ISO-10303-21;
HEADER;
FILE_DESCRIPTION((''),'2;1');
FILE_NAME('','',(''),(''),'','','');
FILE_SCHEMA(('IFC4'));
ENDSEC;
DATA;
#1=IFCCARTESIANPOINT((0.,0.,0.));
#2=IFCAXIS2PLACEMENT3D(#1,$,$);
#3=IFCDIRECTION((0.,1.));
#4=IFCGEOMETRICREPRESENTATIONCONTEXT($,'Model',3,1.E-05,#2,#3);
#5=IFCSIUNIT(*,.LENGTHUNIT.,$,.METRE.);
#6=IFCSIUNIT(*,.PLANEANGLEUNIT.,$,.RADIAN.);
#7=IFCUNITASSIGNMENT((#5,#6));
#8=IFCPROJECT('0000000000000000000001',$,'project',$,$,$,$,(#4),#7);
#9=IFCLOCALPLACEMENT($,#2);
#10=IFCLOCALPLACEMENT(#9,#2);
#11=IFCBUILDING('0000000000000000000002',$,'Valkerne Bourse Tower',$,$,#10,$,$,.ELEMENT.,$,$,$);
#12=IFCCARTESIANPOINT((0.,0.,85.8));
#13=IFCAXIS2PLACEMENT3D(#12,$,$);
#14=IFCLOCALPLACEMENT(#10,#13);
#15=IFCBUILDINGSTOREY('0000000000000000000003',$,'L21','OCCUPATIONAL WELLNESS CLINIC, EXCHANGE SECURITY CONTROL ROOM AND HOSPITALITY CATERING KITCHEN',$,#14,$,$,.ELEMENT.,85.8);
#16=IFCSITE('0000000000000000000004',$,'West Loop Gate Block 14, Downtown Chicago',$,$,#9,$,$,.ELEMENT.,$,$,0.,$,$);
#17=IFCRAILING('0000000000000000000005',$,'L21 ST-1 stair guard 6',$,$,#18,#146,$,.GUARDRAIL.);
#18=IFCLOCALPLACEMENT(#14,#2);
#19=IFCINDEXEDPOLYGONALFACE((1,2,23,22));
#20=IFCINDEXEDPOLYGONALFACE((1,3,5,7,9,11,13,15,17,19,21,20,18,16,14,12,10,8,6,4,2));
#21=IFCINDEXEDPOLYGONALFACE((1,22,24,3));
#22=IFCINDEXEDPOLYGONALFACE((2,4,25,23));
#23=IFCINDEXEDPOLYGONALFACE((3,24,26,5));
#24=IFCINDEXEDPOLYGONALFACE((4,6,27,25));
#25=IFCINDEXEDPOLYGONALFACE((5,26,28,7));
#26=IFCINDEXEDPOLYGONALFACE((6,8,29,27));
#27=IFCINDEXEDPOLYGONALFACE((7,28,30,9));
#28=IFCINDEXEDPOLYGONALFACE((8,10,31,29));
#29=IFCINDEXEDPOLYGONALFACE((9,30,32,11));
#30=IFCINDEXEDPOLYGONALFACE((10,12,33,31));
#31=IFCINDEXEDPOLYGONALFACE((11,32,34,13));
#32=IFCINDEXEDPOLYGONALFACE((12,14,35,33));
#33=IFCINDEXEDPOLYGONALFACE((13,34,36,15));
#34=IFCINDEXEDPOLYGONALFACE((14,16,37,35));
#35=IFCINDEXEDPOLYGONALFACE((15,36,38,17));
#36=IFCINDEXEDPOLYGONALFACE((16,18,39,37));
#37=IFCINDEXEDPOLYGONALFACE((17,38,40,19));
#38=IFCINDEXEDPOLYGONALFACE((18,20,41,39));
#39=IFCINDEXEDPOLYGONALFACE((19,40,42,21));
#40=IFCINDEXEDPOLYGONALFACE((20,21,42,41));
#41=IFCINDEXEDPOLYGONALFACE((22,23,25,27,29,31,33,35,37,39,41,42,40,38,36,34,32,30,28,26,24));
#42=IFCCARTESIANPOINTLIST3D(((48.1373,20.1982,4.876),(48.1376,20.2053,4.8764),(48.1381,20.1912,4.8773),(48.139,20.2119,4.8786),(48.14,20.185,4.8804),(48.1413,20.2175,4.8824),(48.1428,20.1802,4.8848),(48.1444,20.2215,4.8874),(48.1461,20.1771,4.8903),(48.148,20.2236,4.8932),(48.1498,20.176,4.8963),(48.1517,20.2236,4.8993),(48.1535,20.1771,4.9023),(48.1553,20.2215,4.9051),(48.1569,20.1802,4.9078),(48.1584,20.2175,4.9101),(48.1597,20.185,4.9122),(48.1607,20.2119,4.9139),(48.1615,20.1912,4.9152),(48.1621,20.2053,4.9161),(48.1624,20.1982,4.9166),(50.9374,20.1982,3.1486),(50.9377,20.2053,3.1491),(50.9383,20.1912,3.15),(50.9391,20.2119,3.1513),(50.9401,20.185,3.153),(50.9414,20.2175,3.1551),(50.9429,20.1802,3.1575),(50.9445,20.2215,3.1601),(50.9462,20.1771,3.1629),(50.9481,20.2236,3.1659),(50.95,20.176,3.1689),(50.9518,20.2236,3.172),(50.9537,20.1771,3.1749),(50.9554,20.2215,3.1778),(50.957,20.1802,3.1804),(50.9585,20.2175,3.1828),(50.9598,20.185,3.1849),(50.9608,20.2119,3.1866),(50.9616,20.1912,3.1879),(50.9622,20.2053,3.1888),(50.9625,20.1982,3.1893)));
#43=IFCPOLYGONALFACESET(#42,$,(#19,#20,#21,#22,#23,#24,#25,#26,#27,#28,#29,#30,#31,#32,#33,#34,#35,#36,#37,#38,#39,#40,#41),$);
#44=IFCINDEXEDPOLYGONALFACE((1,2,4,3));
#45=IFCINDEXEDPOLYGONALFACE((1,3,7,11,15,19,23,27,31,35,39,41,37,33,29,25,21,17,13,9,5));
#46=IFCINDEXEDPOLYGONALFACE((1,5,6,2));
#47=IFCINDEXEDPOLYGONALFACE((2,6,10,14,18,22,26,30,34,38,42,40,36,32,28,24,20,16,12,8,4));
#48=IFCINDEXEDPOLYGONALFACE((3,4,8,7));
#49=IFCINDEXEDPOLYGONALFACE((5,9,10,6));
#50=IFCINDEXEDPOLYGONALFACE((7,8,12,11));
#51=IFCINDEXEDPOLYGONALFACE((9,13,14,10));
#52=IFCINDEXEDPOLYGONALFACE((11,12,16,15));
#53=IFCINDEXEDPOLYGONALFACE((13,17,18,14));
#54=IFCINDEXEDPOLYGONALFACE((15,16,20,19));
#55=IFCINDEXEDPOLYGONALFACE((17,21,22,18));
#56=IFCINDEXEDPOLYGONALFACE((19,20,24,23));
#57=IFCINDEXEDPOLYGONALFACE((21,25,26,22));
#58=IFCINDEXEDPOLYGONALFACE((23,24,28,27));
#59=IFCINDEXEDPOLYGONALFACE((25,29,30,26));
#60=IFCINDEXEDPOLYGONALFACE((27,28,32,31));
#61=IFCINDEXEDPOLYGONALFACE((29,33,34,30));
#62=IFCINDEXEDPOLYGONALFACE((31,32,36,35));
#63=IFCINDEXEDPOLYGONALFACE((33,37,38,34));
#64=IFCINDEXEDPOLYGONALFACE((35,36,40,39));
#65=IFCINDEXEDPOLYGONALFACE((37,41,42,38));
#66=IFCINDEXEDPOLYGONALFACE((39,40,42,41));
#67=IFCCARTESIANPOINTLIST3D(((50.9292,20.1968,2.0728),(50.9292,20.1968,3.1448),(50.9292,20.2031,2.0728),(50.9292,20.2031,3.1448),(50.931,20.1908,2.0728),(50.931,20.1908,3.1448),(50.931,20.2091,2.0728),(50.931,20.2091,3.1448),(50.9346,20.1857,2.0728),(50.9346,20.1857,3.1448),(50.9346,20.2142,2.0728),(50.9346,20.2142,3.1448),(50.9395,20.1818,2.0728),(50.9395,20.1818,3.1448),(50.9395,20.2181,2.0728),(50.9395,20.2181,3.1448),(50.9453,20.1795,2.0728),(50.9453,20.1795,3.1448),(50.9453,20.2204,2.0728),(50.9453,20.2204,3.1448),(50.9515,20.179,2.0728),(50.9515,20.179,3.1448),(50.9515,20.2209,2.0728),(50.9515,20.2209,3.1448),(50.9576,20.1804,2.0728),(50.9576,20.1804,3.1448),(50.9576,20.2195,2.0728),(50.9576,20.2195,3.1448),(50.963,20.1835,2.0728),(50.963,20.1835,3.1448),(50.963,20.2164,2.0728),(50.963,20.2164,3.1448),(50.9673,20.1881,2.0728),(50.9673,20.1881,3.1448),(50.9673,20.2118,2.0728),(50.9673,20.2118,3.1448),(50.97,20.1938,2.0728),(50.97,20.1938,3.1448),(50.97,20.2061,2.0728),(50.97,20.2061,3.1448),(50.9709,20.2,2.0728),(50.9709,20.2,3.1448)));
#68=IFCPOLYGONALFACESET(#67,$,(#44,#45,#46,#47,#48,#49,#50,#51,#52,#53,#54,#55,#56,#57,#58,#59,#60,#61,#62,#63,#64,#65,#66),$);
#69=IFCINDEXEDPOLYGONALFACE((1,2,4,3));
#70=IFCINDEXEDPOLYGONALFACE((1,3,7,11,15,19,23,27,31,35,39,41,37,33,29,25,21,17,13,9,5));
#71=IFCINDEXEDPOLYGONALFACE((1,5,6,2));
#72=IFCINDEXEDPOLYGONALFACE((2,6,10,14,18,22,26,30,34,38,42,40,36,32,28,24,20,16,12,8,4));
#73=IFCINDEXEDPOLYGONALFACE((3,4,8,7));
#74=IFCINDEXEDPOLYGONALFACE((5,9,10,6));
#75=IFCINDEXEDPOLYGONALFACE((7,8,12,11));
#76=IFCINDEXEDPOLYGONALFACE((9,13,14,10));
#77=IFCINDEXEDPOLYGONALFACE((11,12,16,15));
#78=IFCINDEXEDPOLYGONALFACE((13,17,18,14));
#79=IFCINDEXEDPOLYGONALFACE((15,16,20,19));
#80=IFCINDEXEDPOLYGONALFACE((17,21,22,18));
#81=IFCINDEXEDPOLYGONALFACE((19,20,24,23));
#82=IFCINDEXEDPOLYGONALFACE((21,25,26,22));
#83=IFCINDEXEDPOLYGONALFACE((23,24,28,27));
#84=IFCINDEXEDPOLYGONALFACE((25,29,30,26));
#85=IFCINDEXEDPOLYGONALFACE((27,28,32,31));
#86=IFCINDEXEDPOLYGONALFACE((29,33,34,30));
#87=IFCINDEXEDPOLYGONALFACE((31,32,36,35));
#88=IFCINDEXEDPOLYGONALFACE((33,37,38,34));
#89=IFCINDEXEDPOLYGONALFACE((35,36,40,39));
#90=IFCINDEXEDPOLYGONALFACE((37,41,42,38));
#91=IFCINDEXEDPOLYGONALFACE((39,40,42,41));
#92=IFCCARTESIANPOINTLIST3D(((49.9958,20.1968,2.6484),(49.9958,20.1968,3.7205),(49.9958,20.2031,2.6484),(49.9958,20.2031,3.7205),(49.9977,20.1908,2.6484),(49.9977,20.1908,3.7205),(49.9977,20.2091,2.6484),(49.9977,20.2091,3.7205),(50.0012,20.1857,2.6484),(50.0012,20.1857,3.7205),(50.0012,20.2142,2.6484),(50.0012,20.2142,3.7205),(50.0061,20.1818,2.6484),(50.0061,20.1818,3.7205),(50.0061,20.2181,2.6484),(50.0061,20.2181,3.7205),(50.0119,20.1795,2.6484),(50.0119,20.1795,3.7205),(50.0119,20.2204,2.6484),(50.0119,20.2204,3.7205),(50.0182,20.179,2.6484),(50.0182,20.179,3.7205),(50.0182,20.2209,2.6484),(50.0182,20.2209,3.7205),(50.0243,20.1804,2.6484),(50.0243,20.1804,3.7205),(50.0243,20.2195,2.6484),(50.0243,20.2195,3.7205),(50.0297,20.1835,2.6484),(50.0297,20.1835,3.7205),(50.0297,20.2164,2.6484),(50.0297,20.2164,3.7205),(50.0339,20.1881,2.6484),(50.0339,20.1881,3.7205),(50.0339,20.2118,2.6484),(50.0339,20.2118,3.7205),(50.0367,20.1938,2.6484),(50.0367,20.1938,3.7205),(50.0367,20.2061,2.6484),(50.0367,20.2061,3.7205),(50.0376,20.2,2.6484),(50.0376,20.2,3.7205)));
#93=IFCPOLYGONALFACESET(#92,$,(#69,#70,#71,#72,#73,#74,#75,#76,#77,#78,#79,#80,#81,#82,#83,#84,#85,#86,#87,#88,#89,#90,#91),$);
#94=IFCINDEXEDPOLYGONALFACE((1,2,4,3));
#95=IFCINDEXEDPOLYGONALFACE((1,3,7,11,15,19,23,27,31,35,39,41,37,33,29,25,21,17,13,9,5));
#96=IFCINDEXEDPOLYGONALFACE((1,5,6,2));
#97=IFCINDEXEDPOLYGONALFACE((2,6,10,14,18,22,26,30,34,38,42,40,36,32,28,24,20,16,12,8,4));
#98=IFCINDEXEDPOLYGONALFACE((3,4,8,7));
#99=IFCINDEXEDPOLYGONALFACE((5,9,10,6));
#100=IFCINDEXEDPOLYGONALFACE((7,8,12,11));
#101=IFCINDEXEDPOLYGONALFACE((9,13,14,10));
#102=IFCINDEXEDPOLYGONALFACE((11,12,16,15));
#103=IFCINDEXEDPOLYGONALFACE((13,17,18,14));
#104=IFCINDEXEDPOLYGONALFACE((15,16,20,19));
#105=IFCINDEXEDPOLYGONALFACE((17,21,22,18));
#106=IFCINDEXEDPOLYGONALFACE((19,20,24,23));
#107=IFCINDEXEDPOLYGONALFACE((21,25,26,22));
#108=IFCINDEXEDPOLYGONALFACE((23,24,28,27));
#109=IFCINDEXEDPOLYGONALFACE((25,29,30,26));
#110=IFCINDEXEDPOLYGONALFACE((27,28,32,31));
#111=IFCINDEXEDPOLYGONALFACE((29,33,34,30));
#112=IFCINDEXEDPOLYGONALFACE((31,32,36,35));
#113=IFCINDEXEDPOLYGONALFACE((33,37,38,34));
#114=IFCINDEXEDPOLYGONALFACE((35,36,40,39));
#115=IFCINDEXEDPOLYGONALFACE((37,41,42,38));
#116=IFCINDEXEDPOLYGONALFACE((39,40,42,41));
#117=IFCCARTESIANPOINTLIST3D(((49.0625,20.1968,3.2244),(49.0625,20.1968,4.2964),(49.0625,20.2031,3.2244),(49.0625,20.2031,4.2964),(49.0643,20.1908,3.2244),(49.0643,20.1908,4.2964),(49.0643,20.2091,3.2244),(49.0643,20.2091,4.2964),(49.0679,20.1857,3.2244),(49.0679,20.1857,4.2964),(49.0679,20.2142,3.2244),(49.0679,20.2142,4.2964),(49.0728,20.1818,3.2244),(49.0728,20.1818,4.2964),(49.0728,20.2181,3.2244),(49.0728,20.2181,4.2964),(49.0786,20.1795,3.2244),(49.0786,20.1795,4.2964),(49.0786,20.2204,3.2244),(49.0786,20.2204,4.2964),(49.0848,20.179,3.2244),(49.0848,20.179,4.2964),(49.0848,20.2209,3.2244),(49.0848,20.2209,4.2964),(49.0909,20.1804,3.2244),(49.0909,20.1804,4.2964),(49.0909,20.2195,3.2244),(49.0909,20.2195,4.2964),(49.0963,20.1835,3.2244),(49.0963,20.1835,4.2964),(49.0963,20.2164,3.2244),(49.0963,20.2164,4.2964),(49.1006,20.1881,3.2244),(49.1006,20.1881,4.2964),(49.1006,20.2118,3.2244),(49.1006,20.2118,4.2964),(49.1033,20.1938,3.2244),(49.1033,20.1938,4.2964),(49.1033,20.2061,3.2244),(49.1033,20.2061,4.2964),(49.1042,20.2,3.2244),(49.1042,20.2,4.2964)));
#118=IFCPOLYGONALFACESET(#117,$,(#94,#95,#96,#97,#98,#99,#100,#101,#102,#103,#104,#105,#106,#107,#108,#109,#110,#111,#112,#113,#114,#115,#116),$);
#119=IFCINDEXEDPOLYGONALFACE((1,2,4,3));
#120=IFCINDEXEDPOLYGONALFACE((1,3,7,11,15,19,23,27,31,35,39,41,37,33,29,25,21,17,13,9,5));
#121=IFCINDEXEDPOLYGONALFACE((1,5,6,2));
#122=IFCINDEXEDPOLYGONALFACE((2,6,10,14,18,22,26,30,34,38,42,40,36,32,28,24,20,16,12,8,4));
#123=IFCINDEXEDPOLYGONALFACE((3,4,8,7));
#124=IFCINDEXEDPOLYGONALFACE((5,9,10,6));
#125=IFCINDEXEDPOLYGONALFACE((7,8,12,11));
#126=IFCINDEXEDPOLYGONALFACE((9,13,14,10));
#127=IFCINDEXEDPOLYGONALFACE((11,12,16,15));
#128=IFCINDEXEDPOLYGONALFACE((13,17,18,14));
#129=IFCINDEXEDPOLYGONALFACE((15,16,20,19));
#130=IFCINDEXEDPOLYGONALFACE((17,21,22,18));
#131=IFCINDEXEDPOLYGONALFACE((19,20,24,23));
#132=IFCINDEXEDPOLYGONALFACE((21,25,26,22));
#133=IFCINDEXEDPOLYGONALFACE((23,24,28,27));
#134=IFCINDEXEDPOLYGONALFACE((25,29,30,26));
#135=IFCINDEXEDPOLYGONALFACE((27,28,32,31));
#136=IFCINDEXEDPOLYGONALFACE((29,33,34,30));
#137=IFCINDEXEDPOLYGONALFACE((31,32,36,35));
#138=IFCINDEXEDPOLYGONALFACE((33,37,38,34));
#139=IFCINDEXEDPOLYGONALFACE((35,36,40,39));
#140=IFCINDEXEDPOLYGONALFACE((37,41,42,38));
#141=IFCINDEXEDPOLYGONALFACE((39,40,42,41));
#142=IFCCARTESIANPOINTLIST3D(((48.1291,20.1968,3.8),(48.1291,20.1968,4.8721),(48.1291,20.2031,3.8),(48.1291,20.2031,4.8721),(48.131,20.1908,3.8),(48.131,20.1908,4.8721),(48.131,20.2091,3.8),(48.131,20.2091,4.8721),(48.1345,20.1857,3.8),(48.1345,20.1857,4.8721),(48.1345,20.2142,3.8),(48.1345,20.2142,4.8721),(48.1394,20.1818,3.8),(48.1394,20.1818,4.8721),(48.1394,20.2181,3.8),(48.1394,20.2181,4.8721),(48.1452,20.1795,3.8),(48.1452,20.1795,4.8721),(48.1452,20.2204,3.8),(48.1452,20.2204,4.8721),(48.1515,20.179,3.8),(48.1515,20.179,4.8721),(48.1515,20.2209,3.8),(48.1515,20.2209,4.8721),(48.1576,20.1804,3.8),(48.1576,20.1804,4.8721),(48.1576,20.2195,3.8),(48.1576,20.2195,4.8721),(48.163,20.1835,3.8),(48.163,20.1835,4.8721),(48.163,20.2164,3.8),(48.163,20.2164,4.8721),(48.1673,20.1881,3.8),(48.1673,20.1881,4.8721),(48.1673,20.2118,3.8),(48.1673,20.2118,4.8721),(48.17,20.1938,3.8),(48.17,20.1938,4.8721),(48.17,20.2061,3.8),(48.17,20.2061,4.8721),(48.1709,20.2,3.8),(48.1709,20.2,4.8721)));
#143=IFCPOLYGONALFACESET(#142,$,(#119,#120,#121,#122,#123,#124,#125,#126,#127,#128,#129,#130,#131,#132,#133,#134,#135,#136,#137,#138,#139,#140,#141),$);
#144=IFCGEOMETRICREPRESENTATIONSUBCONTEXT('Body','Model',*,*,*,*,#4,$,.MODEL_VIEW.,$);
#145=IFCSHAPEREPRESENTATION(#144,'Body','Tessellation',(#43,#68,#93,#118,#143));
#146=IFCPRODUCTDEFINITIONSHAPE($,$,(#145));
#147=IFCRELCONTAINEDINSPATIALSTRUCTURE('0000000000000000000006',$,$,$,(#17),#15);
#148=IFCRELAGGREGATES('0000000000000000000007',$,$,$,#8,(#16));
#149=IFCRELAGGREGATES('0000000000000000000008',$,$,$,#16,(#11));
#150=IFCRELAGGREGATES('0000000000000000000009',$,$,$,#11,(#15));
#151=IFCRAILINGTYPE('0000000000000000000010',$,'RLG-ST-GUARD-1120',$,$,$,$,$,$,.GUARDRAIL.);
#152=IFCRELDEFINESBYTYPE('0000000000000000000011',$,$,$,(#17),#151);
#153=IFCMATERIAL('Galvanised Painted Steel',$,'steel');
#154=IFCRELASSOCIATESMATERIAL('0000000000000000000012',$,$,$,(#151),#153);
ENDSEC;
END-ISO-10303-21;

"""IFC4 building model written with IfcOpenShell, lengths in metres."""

from ifc_helpers import new_model, si_unit, direction, frame, origin, origin_2d, place, context, subcontext, project, spatial, circle, extrude, material, type_object, element, save


model = new_model("IFC4")

# Units and contexts
model_context = context("Model", 3, precision=1e-05, world=origin(), true_north=direction((0.0, 1.0)))
body_context = subcontext(model_context, "Body", "Model", "MODEL_VIEW")
ifc_project = project(units=[si_unit("LENGTHUNIT", "METRE"), si_unit("PLANEANGLEUNIT", "RADIAN")], contexts=[model_context])

# Site, building, storey
site_placement = place(None, origin())
site = spatial("IfcSite", under=ifc_project, at=site_placement, Name="West Loop Gate Block 14, Downtown Chicago", CompositionType="ELEMENT", RefElevation=0.0)
building_placement = place(site_placement, origin())
building = spatial("IfcBuilding", under=site, at=building_placement, Name="Valkerne Bourse Tower", CompositionType="ELEMENT")
storey_placement = place(building_placement, frame((0.0, 0.0, 85.8)))
storey = spatial("IfcBuildingStorey", under=building, at=storey_placement, Name="L21", Description="OCCUPATIONAL WELLNESS CLINIC, EXCHANGE SECURITY CONTROL ROOM AND HOSPITALITY CATERING KITCHEN", CompositionType="ELEMENT", Elevation=85.8)

# Shared definitions
ifc_material_1 = material(Name="Galvanised Painted Steel", Category="steel")

# Railing
railing_type_1 = type_object("IfcRailingType", Name="RLG-ST-GUARD-1120", PredefinedType="GUARDRAIL", material=ifc_material_1)
railing_1_placement = place(storey_placement, frame((50.95, 20.2, 2.0728)))
element("IfcRailing", 1, at=railing_1_placement, inside=storey, type_object=railing_type_1, Name="L21 ST-1 stair guard 6", PredefinedType="GUARDRAIL", context=body_context, shape_type="SweptSolid", body=[
    extrude(circle(Radius=0.0239, at=origin_2d()), frame((0.0, 0.0, 1.0962), z_axis=(-0.85109, 0.0, 0.52502), x_axis=(0.0, -1.0, 0.0)), (0.0, 0.0, 1.0), 3.29),
    extrude(circle(Radius=0.021, at=origin_2d()), origin(), (0.0, 0.0, 1.0), 1.072),
    extrude(circle(Radius=0.021, at=origin_2d()), frame((-0.9333, 0.0, 0.5757)), (0.0, 0.0, 1.0), 1.072),
    extrude(circle(Radius=0.021, at=origin_2d()), frame((-1.8667, 0.0, 1.1516)), (0.0, 0.0, 1.0), 1.072),
    extrude(circle(Radius=0.021, at=origin_2d()), frame((-2.8, 0.0, 1.7273)), (0.0, 0.0, 1.0), 1.072),
])

save(model, "model.ifc")
